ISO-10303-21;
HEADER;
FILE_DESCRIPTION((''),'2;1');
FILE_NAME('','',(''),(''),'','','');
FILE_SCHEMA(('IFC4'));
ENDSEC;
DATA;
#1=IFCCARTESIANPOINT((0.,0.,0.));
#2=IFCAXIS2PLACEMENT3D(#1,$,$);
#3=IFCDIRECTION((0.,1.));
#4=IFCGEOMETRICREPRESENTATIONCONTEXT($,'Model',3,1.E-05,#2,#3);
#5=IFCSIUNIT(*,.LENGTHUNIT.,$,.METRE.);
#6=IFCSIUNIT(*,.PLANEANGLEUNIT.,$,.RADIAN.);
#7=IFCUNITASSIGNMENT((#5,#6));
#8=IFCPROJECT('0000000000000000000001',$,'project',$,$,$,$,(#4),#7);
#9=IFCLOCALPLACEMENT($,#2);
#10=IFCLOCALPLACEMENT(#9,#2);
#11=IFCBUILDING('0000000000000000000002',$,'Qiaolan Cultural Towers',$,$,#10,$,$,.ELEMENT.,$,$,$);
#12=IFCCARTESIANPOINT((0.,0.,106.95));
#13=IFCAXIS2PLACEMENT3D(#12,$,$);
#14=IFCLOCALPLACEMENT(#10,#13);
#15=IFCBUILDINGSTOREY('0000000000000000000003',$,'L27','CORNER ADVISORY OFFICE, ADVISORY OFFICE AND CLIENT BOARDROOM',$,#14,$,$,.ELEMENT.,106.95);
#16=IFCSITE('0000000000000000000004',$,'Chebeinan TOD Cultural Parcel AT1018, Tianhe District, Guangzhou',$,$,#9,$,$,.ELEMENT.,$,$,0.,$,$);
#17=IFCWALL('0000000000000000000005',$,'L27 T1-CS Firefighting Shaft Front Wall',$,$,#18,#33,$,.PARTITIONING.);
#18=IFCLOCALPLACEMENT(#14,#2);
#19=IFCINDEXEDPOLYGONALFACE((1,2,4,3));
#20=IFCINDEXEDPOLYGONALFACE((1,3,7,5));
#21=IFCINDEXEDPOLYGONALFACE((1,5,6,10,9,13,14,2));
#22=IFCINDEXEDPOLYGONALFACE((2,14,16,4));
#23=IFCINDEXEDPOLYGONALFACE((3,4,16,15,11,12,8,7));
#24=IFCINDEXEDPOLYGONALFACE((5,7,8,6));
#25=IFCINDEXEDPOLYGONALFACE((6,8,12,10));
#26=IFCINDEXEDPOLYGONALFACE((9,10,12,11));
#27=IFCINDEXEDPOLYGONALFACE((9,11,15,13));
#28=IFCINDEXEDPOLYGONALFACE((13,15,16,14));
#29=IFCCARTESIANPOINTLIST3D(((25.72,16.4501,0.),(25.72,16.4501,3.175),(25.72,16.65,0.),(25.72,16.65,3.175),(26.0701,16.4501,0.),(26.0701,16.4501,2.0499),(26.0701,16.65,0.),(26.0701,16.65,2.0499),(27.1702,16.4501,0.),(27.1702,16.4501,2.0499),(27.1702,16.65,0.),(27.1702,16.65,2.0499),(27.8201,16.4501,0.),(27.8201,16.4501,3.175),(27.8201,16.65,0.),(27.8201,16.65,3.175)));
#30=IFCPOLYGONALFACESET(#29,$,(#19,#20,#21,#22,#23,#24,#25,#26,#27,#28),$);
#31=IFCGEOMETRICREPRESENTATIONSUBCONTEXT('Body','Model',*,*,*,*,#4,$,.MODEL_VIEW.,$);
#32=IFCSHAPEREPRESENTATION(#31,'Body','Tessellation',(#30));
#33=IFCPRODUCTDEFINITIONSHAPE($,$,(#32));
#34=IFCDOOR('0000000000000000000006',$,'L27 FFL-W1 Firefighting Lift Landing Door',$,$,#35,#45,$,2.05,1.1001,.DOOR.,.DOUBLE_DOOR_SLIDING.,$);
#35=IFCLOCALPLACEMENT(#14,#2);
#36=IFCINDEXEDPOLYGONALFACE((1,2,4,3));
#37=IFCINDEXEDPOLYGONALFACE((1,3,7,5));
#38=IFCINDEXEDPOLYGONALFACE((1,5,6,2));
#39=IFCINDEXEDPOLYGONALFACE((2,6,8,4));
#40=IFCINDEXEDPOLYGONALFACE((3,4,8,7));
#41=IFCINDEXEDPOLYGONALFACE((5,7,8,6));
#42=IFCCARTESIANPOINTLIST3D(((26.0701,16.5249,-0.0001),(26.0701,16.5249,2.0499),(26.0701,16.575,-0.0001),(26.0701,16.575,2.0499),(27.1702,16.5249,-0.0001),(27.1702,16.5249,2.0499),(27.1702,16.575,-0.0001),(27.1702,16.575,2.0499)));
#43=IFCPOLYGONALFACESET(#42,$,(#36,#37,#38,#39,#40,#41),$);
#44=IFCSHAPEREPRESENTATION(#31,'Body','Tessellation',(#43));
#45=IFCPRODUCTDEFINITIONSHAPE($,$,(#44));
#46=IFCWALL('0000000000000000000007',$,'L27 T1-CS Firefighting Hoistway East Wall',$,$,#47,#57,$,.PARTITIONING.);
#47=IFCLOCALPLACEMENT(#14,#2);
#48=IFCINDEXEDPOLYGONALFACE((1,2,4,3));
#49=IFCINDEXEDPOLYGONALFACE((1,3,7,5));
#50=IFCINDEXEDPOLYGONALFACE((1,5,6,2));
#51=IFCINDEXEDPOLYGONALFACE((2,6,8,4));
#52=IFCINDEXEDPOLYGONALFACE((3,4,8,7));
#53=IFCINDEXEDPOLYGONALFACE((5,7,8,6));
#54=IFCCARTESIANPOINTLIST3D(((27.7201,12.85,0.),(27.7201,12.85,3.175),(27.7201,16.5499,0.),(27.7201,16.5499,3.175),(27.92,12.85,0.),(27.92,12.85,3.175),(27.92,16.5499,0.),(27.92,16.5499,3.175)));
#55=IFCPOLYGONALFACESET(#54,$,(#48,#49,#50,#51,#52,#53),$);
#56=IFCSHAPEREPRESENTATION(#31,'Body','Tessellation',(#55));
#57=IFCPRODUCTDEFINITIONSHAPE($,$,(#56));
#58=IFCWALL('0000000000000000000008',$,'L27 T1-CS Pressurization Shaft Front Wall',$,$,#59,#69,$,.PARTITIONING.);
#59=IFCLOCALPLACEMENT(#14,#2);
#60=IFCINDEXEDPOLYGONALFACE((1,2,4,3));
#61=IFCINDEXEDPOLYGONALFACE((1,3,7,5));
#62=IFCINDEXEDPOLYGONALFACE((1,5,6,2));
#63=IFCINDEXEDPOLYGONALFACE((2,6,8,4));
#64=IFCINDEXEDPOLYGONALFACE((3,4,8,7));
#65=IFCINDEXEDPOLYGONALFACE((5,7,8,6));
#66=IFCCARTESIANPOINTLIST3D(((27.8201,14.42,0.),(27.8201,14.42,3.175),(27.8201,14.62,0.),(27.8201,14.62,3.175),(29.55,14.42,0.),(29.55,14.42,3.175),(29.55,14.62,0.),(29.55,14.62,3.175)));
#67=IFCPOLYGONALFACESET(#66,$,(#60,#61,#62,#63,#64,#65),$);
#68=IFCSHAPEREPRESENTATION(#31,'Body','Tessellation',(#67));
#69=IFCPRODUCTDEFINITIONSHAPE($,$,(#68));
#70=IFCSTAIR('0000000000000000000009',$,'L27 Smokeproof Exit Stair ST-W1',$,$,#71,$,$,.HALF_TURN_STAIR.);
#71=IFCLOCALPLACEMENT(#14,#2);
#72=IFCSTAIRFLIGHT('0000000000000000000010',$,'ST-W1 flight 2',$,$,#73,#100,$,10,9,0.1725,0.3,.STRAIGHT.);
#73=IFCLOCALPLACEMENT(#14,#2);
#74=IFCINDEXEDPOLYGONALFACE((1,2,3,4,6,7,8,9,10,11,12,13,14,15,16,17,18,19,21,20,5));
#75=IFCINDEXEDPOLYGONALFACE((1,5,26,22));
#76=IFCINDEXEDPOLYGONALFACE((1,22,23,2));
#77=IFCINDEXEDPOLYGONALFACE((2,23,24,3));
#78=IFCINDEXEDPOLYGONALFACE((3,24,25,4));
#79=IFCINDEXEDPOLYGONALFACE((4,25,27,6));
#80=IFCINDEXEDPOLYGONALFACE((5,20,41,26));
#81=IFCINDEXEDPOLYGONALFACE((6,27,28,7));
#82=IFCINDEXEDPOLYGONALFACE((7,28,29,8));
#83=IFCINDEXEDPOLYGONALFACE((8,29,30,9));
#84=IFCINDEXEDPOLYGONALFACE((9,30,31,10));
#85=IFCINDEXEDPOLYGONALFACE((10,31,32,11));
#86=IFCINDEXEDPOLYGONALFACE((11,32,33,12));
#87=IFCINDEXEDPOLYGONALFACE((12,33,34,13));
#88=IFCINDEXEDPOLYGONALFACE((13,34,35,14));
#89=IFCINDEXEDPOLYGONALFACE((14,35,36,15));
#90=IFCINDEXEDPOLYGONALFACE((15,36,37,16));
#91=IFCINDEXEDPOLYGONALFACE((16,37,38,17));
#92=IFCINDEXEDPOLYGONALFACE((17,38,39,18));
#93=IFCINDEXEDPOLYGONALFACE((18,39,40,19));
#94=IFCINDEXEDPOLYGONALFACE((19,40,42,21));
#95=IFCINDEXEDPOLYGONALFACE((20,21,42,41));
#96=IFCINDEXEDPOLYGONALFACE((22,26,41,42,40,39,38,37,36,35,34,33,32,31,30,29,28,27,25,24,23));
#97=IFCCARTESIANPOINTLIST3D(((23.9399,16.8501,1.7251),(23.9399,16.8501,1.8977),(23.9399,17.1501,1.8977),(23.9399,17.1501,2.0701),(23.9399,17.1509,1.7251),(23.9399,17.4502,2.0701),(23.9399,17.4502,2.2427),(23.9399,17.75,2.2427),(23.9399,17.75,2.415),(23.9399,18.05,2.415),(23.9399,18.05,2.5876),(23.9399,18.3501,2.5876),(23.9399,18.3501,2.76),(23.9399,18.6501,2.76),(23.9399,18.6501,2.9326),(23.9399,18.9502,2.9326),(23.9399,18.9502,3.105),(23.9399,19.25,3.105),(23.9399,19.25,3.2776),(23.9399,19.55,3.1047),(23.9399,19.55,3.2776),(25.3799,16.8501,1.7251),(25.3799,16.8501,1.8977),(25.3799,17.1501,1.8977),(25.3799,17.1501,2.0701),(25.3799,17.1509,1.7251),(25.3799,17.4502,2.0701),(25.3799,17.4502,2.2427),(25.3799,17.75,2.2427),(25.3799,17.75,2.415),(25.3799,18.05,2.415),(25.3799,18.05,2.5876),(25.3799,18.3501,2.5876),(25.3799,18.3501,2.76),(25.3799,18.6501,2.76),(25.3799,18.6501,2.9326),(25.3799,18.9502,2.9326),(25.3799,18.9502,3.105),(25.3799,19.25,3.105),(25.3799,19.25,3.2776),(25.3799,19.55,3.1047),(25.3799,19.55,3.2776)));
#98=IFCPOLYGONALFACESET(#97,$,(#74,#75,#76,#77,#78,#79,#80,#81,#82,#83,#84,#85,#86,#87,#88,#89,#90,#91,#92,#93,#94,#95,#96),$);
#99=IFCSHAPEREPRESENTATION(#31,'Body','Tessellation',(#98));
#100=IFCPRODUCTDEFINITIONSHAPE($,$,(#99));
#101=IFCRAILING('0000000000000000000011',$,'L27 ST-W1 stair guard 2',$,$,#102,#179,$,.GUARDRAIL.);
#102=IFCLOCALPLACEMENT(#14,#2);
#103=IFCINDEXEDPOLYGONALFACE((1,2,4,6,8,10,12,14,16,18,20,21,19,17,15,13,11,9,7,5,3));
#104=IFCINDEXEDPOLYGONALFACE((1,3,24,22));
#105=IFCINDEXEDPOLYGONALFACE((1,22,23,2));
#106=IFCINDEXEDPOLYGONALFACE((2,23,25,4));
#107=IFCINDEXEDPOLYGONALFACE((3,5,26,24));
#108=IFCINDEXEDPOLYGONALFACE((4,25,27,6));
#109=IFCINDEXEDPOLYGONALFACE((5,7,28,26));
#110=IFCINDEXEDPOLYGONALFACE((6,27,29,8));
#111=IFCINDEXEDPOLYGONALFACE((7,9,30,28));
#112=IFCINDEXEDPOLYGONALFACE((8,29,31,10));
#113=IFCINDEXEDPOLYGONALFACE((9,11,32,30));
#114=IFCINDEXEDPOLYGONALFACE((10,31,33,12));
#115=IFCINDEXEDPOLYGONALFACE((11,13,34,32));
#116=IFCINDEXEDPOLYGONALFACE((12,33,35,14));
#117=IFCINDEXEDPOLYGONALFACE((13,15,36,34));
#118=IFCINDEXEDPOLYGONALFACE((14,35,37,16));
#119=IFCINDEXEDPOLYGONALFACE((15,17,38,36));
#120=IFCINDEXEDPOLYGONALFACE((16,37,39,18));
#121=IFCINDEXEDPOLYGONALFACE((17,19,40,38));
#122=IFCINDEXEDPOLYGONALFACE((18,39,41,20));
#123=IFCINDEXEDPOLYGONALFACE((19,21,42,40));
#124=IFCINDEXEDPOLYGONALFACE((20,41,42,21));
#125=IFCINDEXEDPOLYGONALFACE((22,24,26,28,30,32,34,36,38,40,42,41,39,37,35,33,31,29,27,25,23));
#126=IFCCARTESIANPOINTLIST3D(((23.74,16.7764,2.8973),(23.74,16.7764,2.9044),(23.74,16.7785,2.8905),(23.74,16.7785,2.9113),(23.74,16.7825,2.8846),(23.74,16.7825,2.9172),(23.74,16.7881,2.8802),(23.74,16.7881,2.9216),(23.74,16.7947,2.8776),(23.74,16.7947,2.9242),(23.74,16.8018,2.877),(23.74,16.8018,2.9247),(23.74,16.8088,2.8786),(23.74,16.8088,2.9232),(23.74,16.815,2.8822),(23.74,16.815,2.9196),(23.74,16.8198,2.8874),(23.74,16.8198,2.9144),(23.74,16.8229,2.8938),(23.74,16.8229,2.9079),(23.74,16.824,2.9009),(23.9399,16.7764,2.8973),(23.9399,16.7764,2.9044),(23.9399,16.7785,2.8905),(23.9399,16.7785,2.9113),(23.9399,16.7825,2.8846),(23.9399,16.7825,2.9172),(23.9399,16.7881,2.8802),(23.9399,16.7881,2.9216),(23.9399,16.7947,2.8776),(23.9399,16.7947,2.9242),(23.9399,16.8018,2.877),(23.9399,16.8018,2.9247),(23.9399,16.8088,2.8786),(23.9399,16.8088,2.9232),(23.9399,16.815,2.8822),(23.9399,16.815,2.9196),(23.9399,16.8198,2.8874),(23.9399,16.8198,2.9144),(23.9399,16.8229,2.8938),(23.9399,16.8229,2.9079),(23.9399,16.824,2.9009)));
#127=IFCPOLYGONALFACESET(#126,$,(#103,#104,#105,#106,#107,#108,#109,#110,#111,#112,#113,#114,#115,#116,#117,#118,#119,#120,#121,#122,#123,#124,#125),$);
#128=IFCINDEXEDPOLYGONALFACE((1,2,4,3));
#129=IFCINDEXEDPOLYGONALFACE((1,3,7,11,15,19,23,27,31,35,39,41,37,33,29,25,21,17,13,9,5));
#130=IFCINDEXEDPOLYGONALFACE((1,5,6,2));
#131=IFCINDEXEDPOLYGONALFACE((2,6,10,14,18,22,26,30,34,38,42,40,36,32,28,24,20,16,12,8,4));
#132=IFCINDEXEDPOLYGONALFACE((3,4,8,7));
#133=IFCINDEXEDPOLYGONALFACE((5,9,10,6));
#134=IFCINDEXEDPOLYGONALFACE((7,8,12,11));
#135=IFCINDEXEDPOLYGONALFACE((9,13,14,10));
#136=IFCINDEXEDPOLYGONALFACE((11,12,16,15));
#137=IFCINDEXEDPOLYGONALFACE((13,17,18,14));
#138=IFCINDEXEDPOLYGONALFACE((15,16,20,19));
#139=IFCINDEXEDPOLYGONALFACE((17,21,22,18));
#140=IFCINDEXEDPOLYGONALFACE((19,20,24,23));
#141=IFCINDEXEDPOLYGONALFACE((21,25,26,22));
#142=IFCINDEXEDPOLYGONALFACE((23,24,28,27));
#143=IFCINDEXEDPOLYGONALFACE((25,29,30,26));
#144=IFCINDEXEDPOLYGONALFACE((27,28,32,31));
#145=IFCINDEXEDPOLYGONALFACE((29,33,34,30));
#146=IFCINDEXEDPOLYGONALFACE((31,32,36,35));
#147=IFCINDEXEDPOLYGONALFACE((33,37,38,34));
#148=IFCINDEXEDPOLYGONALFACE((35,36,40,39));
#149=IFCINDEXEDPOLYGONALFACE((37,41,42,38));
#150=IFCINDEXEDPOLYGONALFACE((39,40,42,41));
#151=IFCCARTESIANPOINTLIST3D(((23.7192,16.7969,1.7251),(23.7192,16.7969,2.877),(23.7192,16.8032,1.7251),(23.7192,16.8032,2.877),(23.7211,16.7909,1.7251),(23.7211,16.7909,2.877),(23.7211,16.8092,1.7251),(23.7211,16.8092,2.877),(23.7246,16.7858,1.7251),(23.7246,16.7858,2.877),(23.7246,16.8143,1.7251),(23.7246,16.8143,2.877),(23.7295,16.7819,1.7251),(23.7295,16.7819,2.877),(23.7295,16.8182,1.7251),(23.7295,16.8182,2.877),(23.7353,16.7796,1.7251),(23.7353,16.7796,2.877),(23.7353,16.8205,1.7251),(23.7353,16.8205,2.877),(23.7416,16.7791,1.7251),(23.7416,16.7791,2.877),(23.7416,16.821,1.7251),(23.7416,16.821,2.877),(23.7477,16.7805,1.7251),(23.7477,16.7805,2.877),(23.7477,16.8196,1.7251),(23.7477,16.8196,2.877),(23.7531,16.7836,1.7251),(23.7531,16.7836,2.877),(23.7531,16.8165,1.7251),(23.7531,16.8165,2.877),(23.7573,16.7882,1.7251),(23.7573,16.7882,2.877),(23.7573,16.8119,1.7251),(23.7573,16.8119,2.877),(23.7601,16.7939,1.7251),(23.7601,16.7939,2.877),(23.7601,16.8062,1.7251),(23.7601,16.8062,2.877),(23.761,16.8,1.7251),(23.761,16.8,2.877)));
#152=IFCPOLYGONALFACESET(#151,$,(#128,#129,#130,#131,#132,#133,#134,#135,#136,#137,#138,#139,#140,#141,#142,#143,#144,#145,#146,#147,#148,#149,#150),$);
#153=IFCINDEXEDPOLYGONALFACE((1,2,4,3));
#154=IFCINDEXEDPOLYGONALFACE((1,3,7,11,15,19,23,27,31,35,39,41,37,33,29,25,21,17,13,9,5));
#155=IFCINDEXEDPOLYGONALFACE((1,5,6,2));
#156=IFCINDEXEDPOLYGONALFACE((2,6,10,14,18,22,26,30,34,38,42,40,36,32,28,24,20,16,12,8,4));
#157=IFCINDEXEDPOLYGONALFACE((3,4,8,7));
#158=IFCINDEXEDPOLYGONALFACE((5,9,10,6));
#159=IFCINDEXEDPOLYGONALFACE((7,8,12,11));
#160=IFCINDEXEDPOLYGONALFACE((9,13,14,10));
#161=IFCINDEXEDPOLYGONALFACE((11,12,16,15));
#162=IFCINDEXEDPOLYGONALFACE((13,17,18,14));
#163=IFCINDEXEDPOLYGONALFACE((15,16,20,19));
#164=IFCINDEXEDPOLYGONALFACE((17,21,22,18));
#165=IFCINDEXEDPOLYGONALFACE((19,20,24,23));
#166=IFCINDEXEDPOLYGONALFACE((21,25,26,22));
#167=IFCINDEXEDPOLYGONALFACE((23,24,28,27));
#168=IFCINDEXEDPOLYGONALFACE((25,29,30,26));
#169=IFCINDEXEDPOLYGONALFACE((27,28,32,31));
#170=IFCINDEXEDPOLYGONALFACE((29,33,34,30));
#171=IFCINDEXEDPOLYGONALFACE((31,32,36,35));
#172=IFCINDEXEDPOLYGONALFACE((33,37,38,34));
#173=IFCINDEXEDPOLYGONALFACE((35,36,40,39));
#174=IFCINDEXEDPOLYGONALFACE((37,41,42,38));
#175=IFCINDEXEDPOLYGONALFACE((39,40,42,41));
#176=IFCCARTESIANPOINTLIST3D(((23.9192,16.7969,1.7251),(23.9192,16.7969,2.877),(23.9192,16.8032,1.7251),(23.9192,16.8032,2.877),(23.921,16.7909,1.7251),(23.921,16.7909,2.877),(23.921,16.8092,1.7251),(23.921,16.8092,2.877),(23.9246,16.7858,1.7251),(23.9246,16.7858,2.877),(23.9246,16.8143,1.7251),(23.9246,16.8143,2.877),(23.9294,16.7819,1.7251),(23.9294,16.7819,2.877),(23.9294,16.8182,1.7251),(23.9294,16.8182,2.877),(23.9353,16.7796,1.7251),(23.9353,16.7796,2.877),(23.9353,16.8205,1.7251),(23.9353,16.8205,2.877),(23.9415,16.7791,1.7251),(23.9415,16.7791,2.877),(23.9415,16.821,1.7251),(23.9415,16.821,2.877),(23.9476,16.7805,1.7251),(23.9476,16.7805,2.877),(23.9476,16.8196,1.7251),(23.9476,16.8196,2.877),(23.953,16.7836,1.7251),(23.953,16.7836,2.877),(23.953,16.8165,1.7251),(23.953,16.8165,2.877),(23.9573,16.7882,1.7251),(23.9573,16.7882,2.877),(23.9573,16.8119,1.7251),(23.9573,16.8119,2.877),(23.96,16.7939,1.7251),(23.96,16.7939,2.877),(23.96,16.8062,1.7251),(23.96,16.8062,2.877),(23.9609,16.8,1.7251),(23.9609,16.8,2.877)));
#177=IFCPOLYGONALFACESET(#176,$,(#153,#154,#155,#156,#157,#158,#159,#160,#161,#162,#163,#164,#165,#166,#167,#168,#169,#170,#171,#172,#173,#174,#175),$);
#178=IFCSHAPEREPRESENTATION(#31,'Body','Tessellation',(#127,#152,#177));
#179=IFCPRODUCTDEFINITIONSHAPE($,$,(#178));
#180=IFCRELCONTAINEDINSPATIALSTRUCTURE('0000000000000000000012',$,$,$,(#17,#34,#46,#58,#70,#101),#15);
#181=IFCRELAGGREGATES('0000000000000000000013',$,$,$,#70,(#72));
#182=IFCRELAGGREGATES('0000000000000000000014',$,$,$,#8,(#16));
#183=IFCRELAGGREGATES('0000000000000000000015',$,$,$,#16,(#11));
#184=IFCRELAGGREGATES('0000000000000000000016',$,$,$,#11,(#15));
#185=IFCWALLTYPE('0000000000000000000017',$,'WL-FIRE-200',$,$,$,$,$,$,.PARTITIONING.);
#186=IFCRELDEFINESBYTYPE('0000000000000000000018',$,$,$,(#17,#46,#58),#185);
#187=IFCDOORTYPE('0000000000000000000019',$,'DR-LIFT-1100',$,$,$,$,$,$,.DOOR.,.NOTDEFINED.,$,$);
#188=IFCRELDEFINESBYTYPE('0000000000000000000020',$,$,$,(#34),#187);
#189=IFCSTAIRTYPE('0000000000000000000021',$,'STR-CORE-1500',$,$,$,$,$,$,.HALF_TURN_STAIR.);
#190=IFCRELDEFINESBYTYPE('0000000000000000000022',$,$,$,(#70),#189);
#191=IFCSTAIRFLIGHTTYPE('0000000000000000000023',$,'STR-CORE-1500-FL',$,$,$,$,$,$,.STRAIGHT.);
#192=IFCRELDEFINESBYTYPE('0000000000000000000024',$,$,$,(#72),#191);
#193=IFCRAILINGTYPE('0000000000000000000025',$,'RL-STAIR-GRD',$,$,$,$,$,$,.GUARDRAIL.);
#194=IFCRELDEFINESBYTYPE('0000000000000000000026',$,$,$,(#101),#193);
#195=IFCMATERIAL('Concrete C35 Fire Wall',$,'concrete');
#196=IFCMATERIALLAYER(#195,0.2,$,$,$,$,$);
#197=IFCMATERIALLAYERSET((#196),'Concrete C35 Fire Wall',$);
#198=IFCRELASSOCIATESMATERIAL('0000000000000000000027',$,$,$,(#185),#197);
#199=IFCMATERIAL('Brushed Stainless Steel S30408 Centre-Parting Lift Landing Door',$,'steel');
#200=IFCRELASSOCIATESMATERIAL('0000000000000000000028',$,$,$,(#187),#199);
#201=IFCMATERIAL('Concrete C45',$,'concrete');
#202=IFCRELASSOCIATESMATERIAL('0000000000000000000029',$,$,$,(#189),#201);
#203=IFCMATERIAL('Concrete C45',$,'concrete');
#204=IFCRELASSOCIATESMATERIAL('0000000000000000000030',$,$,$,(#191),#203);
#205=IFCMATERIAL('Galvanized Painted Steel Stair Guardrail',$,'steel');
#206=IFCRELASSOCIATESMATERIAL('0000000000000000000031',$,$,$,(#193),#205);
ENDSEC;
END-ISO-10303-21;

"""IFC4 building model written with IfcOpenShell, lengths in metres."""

from ifc_helpers import new_model, si_unit, direction, frame, frame_2d, origin, origin_2d, place, context, subcontext, project, spatial, polyline, rectangle, circle, outline, extrude, material, layer, layer_set, type_object, element, fill, aggregate, save


model = new_model("IFC4")

# Units and contexts
model_context = context("Model", 3, precision=1e-05, world=origin(), true_north=direction((0.0, 1.0)))
body_context = subcontext(model_context, "Body", "Model", "MODEL_VIEW")
ifc_project = project(units=[si_unit("LENGTHUNIT", "METRE"), si_unit("PLANEANGLEUNIT", "RADIAN")], contexts=[model_context])

# Site, building, storey
site_placement = place(None, origin())
site = spatial("IfcSite", under=ifc_project, at=site_placement, Name="Chebeinan TOD Cultural Parcel AT1018, Tianhe District, Guangzhou", CompositionType="ELEMENT", RefElevation=0.0)
building_placement = place(site_placement, origin())
building = spatial("IfcBuilding", under=site, at=building_placement, Name="Qiaolan Cultural Towers", CompositionType="ELEMENT")
storey_placement = place(building_placement, frame((0.0, 0.0, 106.95)))
storey = spatial("IfcBuildingStorey", under=building, at=storey_placement, Name="L27", Description="CORNER ADVISORY OFFICE, ADVISORY OFFICE AND CLIENT BOARDROOM", CompositionType="ELEMENT", Elevation=106.95)

# Wall, opening, door
ifc_material_1 = material(Name="Concrete C35 Fire Wall", Category="concrete")
ifc_layer_1 = layer(ifc_material_1, 0.2)
ifc_layer_set_1 = layer_set([ifc_layer_1], Name="Concrete C35 Fire Wall")
wall_type = type_object("IfcWallType", Name="WL-FIRE-200", PredefinedType="PARTITIONING", material=ifc_layer_set_1)
wall_1_placement = place(storey_placement, frame((25.72, 16.55, 0.0), z_axis=(0.0, 0.0, 1.0), x_axis=(1.0, 0.0, 0.0)))
wall_1 = element("IfcWall", 1, at=wall_1_placement, inside=storey, type_object=wall_type, Name="L27 T1-CS Firefighting Shaft Front Wall", PredefinedType="PARTITIONING", context=body_context, shape_type="SweptSolid", body=[
    extrude(rectangle(XDim=2.1001, YDim=0.2, at=frame_2d((1.05, 0.0))), origin(), (0.0, 0.0, 1.0), 3.175),
])
opening_placement = place(wall_1_placement, frame((0.3501, 0.0, 0.0)))
opening = element("IfcOpeningElement", 2, at=opening_placement, cuts=wall_1, PredefinedType="OPENING", context=body_context, shape_type="SweptSolid", body=[
    extrude(rectangle(XDim=1.1001, YDim=2.05, at=frame_2d((0.55, 1.0249))), frame((0.0, 0.1099, 0.0), z_axis=(0.0, -1.0, 0.0), x_axis=(1.0, 0.0, 0.0)), (0.0, 0.0, 1.0), 0.22),
])
ifc_material_2 = material(Name="Brushed Stainless Steel S30408 Centre-Parting Lift Landing Door", Category="steel")
door_type = type_object("IfcDoorType", Name="DR-LIFT-1100", OperationType="NOTDEFINED", PredefinedType="DOOR", material=ifc_material_2)
door_placement = place(opening_placement, origin())
door = element("IfcDoor", 3, at=door_placement, inside=storey, type_object=door_type, Name="L27 FFL-W1 Firefighting Lift Landing Door", OperationType="DOUBLE_DOOR_SLIDING", OverallHeight=2.05, OverallWidth=1.1001, PredefinedType="DOOR", context=body_context, shape_type="SweptSolid", body=[
    extrude(rectangle(XDim=1.1001, YDim=2.05, at=frame_2d((0.55, 1.0249))), frame((0.0, 0.0249, 0.0), z_axis=(0.0, -1.0, 0.0), x_axis=(1.0, 0.0, 0.0)), (0.0, 0.0, 1.0), 0.05),
])
fill(opening, door)

# Walls
wall_2_placement = place(storey_placement, frame((27.8201, 16.55, 0.0), z_axis=(0.0, 0.0, 1.0), x_axis=(0.0, -1.0, 0.0)))
element("IfcWall", 4, at=wall_2_placement, inside=storey, type_object=wall_type, Name="L27 T1-CS Firefighting Hoistway East Wall", PredefinedType="PARTITIONING", context=body_context, shape_type="SweptSolid", body=[
    extrude(rectangle(XDim=3.7, YDim=0.2, at=frame_2d((1.8501, 0.0))), origin(), (0.0, 0.0, 1.0), 3.175),
])
wall_3_placement = place(storey_placement, frame((27.8201, 14.52, 0.0), z_axis=(0.0, 0.0, 1.0), x_axis=(1.0, 0.0, 0.0)))
element("IfcWall", 5, at=wall_3_placement, inside=storey, type_object=wall_type, Name="L27 T1-CS Pressurization Shaft Front Wall", PredefinedType="PARTITIONING", context=body_context, shape_type="SweptSolid", body=[
    extrude(rectangle(XDim=1.73, YDim=0.2, at=frame_2d((0.865, 0.0))), origin(), (0.0, 0.0, 1.0), 3.175),
])

# Stair, stair flight
ifc_material_3 = material(Name="Concrete C45", Category="concrete")
stair_type = type_object("IfcStairType", Name="STR-CORE-1500", PredefinedType="HALF_TURN_STAIR", material=ifc_material_3)
stair_placement = place(storey_placement, origin())
stair = element("IfcStair", 6, at=stair_placement, inside=storey, type_object=stair_type, Name="L27 Smokeproof Exit Stair ST-W1", PredefinedType="HALF_TURN_STAIR")
ifc_material_4 = material(Name="Concrete C45", Category="concrete")
stair_flight_type = type_object("IfcStairFlightType", Name="STR-CORE-1500-FL", PredefinedType="STRAIGHT", material=ifc_material_4)
stair_flight_placement = place(storey_placement, frame((24.6599, 16.8501, 1.7251), z_axis=(0.0, 0.0, 1.0), x_axis=(0.0, 1.0, 0.0)))
stair_flight = element("IfcStairFlight", 7, at=stair_flight_placement, type_object=stair_flight_type, Name="ST-W1 flight 2", NumberOfRisers=10, NumberOfTreads=9, PredefinedType="STRAIGHT", RiserHeight=0.1725, TreadLength=0.3, context=body_context, shape_type="SweptSolid", body=[
    extrude(outline(polyline([(0.0, 0.0), (0.0, 0.1726), (0.3, 0.1726), (0.3, 0.345), (0.6001, 0.345), (0.6001, 0.5176), (0.8999, 0.5176), (0.8999, 0.6899), (1.2, 0.6899), (1.2, 0.8625), (1.5, 0.8625), (1.5, 1.0349), (1.8, 1.0349), (1.8, 1.2075), (2.1001, 1.2075), (2.1001, 1.3799), (2.3999, 1.3799), (2.3999, 1.5525), (2.7, 1.5525), (2.7, 1.7251), (2.7, 1.3796), (0.3008, 0.0), (0.0, 0.0)])), frame((0.0, 0.72, 0.0), z_axis=(0.0, -1.0, 0.0), x_axis=(1.0, 0.0, 0.0)), (0.0, 0.0, 1.0), 1.4399),
])
aggregate(stair, [stair_flight])

# Railing
ifc_material_5 = material(Name="Galvanized Painted Steel Stair Guardrail", Category="steel")
railing_type_1 = type_object("IfcRailingType", Name="RL-STAIR-GRD", PredefinedType="GUARDRAIL", material=ifc_material_5)
railing_1_placement = place(storey_placement, frame((23.74, 16.8, 1.7251)))
element("IfcRailing", 8, at=railing_1_placement, inside=storey, type_object=railing_type_1, Name="L27 ST-W1 stair guard 2", PredefinedType="GUARDRAIL", context=body_context, shape_type="SweptSolid", body=[
    extrude(circle(Radius=0.0239, at=origin_2d()), frame((0.0, 0.0, 1.1758), z_axis=(1.0, 0.0, 0.0), x_axis=(0.0, 1.0, 0.0)), (0.0, 0.0, 1.0), 0.2),
    extrude(circle(Radius=0.021, at=origin_2d()), origin(), (0.0, 0.0, 1.0), 1.1519),
    extrude(circle(Radius=0.021, at=origin_2d()), frame((0.2, 0.0, 0.0)), (0.0, 0.0, 1.0), 1.1519),
])

save(model, "model.ifc")
